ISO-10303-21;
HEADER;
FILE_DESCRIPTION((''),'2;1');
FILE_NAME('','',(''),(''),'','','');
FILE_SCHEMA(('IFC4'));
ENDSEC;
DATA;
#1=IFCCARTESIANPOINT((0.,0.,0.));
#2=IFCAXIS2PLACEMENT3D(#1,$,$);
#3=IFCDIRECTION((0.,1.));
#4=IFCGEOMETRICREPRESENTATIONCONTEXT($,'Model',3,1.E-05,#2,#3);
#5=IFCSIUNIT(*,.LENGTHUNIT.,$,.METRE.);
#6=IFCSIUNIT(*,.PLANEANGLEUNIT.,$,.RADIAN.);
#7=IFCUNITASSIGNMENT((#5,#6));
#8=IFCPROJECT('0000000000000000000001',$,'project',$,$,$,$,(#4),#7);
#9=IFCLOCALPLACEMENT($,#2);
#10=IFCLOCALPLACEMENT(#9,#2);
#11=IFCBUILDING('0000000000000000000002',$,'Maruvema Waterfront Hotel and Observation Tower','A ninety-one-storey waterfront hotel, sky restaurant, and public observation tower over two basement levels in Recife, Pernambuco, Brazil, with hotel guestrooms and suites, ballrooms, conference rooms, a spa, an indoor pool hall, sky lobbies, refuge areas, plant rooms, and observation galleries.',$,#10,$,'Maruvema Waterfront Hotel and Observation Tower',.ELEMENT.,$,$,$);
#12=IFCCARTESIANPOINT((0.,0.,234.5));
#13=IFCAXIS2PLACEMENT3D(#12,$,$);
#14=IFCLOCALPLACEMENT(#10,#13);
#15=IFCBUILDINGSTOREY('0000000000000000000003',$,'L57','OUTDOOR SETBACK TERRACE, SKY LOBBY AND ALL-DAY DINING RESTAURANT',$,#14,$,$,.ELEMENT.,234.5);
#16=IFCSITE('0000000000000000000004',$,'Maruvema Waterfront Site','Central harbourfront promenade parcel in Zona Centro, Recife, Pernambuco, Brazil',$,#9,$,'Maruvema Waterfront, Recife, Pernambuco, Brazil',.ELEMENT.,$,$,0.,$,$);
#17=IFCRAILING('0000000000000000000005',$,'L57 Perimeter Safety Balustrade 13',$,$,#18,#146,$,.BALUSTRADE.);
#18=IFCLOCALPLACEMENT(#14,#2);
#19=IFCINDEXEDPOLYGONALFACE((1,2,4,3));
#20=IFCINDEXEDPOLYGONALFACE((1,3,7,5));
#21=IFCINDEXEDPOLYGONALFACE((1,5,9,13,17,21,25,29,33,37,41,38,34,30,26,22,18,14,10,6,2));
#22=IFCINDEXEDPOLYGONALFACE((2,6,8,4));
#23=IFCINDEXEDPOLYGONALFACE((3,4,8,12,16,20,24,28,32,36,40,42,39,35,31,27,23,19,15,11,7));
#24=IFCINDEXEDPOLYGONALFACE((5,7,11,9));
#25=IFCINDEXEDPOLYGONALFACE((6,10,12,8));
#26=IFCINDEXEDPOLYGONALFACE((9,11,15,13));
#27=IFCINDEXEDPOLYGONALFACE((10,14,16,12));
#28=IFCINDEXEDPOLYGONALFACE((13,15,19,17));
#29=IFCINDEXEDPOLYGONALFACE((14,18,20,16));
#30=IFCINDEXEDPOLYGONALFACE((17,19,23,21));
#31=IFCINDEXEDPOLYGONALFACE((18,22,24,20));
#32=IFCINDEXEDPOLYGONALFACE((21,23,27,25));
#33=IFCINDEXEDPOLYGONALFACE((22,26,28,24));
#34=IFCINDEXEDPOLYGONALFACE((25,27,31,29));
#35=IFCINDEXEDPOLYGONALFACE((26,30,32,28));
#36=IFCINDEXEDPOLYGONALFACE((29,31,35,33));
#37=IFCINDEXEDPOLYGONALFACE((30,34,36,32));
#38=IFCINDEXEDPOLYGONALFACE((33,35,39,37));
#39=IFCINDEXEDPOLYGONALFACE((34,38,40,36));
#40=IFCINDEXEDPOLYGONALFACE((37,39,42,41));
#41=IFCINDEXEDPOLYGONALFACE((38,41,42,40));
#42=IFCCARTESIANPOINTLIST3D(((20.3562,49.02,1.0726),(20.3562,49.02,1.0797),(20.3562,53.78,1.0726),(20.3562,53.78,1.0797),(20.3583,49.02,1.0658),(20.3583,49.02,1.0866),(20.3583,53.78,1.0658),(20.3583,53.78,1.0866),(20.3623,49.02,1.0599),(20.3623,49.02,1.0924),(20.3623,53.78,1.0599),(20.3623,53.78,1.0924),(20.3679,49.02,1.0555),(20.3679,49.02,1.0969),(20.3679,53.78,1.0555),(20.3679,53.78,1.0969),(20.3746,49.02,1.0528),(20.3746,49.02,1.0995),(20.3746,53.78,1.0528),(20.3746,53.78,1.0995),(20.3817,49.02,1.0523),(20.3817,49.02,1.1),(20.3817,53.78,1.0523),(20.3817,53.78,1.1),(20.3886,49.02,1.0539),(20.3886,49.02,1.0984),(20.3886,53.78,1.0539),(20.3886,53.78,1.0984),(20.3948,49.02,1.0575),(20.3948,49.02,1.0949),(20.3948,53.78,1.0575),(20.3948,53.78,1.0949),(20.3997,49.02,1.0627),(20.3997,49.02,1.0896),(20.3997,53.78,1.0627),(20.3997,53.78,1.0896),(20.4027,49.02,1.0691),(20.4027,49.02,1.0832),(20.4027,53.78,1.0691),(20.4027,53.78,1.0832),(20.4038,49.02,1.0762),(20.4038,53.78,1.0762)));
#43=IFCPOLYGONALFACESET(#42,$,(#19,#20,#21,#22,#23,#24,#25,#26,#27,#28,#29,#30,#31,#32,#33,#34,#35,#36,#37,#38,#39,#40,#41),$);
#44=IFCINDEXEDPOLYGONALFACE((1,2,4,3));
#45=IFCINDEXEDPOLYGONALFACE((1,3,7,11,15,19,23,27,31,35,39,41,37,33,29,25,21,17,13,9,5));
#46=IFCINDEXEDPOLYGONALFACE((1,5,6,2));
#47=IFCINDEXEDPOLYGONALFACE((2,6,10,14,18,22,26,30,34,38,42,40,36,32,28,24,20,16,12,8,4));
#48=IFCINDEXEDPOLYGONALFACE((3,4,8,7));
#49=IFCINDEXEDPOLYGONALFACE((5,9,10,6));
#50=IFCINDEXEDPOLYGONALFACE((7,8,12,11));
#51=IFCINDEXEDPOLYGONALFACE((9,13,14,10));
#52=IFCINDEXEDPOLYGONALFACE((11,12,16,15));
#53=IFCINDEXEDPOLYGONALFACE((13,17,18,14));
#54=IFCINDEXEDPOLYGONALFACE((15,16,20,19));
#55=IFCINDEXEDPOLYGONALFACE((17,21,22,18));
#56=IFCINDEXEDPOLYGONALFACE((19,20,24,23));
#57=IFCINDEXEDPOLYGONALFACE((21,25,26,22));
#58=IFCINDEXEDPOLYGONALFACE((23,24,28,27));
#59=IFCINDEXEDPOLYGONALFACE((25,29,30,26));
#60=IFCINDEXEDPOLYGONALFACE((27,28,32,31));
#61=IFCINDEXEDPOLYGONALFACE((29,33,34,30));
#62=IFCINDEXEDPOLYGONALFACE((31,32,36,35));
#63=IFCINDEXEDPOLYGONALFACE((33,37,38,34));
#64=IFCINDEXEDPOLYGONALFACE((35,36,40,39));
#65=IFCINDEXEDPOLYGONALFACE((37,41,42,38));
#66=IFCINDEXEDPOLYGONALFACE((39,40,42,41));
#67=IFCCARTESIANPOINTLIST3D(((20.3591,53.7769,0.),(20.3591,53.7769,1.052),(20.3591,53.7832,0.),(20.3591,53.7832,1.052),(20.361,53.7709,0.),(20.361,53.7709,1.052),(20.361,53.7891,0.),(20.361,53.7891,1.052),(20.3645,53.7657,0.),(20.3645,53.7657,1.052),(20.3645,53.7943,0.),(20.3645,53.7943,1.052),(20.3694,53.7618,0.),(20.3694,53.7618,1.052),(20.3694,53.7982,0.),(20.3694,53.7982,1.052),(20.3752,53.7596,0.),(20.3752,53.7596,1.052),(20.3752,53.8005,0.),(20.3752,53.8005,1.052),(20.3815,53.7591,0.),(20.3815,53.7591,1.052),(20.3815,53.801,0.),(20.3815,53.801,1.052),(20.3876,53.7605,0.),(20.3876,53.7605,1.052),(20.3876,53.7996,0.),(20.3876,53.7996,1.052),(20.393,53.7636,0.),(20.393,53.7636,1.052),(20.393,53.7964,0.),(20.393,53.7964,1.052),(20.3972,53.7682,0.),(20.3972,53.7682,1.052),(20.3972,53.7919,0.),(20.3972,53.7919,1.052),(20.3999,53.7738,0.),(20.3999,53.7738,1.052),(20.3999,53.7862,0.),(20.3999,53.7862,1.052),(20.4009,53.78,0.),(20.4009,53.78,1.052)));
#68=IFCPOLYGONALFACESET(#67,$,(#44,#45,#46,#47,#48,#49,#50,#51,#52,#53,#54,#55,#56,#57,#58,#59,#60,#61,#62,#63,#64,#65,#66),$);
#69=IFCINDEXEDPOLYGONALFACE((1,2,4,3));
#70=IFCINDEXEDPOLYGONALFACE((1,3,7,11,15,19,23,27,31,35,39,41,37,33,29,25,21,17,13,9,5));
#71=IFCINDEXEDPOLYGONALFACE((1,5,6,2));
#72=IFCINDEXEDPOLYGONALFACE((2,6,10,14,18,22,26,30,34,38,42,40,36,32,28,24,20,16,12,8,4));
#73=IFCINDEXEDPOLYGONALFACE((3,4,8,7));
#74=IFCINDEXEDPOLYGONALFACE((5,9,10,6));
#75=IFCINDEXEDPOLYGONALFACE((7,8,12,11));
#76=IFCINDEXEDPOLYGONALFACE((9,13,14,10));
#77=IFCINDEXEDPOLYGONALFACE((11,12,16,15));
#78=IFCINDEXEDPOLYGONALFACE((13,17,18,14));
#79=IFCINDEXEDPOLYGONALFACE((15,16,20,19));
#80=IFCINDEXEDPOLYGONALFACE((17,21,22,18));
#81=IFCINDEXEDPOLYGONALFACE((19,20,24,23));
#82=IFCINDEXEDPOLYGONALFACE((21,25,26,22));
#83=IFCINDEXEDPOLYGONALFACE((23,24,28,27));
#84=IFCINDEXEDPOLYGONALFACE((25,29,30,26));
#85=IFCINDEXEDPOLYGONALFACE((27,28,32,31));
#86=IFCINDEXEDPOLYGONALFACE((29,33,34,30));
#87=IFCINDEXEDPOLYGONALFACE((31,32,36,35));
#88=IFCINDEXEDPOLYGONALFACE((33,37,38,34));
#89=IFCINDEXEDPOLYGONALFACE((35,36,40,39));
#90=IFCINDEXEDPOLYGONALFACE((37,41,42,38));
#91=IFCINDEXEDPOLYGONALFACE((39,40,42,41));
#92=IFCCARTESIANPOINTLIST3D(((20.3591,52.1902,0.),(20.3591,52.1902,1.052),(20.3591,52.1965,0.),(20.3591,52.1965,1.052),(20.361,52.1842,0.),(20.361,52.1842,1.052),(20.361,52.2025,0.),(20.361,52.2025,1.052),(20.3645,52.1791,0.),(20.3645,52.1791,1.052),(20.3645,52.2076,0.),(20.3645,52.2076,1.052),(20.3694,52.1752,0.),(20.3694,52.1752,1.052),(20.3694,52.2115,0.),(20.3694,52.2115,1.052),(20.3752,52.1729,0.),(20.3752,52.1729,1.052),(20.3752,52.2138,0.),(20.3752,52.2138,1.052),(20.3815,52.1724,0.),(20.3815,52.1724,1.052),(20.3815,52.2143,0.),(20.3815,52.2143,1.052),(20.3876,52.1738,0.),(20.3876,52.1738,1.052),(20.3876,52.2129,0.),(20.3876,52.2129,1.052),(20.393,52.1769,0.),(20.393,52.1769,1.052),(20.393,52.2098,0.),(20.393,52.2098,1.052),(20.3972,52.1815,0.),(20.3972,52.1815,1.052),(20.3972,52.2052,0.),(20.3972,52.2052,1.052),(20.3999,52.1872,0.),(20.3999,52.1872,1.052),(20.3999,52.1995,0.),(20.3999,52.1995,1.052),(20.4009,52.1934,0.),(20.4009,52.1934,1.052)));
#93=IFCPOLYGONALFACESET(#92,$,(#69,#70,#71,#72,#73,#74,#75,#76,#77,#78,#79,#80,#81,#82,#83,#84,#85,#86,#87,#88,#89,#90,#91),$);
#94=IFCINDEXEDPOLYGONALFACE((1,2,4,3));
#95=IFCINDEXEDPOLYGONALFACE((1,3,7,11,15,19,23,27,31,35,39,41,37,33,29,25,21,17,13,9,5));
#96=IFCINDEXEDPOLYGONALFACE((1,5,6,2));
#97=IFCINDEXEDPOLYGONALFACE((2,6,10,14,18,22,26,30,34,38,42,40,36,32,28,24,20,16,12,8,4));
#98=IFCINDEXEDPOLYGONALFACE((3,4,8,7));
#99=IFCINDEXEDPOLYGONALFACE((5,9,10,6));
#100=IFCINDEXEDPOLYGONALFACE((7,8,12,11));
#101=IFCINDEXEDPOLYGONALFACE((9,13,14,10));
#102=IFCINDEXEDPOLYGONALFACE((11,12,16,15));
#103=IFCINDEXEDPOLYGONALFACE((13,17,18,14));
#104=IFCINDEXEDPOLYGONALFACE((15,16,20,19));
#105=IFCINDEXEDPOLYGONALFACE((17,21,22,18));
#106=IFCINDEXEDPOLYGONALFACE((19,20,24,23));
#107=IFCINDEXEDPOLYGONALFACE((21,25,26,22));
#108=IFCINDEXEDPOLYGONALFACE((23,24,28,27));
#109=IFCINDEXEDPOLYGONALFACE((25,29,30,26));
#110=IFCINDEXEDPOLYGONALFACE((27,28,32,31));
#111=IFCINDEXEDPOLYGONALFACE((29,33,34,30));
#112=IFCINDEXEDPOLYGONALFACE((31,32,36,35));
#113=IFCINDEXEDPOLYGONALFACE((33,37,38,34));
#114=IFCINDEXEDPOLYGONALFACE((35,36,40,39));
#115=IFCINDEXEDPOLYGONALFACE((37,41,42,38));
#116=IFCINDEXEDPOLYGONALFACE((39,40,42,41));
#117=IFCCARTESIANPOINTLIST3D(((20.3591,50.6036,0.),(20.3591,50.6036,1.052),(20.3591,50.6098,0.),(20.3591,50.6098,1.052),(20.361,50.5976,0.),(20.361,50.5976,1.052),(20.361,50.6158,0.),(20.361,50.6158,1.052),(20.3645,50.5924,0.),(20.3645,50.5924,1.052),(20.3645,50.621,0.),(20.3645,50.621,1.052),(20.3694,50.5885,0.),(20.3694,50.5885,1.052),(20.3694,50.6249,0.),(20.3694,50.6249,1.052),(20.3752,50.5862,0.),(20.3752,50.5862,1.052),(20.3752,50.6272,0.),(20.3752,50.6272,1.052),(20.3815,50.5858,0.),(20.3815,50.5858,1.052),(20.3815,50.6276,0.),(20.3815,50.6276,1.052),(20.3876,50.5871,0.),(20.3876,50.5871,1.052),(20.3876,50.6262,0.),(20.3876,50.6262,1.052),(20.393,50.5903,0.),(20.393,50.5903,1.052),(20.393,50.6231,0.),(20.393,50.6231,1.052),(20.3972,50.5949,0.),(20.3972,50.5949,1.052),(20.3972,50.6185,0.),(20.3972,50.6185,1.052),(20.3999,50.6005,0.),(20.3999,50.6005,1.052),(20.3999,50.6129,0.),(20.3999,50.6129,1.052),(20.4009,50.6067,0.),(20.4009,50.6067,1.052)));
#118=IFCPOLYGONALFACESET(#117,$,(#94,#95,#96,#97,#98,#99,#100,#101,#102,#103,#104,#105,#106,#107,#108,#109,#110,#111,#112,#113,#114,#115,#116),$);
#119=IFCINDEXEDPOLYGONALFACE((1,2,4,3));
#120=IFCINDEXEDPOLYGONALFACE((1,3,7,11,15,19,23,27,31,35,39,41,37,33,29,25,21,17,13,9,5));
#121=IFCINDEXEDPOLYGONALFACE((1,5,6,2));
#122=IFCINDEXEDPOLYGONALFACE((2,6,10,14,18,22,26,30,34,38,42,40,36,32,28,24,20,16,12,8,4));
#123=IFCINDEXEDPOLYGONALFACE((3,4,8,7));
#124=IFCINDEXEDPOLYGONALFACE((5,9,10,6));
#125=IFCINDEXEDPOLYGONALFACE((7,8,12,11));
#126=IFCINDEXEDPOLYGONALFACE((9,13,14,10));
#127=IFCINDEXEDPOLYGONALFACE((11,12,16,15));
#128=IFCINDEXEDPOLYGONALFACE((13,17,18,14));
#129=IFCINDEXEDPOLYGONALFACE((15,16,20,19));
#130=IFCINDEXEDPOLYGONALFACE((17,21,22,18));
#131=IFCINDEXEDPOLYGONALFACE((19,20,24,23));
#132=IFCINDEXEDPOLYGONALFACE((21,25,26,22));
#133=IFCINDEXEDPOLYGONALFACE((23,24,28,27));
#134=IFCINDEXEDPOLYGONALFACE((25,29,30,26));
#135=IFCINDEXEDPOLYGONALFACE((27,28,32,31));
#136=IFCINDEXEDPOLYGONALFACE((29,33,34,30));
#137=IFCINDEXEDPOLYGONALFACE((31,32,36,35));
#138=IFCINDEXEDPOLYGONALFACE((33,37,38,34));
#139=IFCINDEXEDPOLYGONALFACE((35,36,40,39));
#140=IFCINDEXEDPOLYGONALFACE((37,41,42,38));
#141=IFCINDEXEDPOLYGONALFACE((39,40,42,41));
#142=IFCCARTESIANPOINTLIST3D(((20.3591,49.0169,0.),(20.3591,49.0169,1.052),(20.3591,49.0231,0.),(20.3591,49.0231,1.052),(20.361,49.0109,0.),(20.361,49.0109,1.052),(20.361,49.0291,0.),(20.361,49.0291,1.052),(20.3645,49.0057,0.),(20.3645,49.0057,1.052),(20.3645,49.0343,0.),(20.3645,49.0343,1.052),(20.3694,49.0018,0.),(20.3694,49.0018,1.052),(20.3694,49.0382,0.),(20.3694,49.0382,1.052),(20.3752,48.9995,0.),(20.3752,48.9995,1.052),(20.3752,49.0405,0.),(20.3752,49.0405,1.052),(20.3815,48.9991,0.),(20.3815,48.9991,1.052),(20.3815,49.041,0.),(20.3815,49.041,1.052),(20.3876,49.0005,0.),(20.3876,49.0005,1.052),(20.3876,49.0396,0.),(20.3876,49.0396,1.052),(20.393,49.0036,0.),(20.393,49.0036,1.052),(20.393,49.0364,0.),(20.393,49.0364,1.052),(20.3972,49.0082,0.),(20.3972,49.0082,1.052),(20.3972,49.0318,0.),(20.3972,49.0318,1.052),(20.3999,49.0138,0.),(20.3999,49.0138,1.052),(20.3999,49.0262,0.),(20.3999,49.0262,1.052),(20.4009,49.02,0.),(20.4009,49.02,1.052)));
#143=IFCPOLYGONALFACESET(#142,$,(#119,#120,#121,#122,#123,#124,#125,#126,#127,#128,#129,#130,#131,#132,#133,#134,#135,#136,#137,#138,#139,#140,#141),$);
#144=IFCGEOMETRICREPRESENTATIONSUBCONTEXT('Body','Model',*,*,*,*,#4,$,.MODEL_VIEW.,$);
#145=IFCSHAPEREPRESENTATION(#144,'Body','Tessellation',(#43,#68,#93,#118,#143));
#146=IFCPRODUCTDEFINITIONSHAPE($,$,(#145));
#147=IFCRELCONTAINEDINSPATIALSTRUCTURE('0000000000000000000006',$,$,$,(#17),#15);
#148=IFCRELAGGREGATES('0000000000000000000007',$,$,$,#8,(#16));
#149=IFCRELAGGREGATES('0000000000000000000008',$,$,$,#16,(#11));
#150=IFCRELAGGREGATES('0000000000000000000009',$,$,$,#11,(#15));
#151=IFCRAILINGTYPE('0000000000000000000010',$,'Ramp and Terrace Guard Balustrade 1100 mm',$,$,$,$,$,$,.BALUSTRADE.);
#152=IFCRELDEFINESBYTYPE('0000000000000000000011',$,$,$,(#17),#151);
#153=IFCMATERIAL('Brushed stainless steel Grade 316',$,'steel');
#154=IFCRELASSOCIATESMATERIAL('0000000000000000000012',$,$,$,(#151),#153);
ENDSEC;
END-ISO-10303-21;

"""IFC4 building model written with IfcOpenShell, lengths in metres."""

from ifc_helpers import new_model, si_unit, direction, frame, origin, origin_2d, place, context, subcontext, project, spatial, circle, extrude, material, type_object, element, save


model = new_model("IFC4")

# Units and contexts
model_context = context("Model", 3, precision=1e-05, world=origin(), true_north=direction((0.0, 1.0)))
body_context = subcontext(model_context, "Body", "Model", "MODEL_VIEW")
ifc_project = project(units=[si_unit("LENGTHUNIT", "METRE"), si_unit("PLANEANGLEUNIT", "RADIAN")], contexts=[model_context])

# Site, building, storey
site_placement = place(None, origin())
site = spatial("IfcSite", under=ifc_project, at=site_placement, Name="Maruvema Waterfront Site", Description="Central harbourfront promenade parcel in Zona Centro, Recife, Pernambuco, Brazil", LongName="Maruvema Waterfront, Recife, Pernambuco, Brazil", CompositionType="ELEMENT", RefElevation=0.0)
building_placement = place(site_placement, origin())
building = spatial("IfcBuilding", under=site, at=building_placement, Name="Maruvema Waterfront Hotel and Observation Tower", Description="A ninety-one-storey waterfront hotel, sky restaurant, and public observation tower over two basement levels in Recife, Pernambuco, Brazil, with hotel guestrooms and suites, ballrooms, conference rooms, a spa, an indoor pool hall, sky lobbies, refuge areas, plant rooms, and observation galleries.", LongName="Maruvema Waterfront Hotel and Observation Tower", CompositionType="ELEMENT")
storey_placement = place(building_placement, frame((0.0, 0.0, 234.5)))
storey = spatial("IfcBuildingStorey", under=building, at=storey_placement, Name="L57", Description="OUTDOOR SETBACK TERRACE, SKY LOBBY AND ALL-DAY DINING RESTAURANT", CompositionType="ELEMENT", Elevation=234.5)

# Railing
ifc_material_1 = material(Name="Brushed stainless steel Grade 316", Category="steel")
railing_type = type_object("IfcRailingType", Name="Ramp and Terrace Guard Balustrade 1100 mm", PredefinedType="BALUSTRADE", material=ifc_material_1)
railing_1_placement = place(storey_placement, frame((20.3799, 53.78, 0.0)))
element("IfcRailing", 1, at=railing_1_placement, inside=storey, type_object=railing_type, Name="L57 Perimeter Safety Balustrade 13", PredefinedType="BALUSTRADE", context=body_context, shape_type="SweptSolid", body=[
    extrude(circle(Radius=0.0239, at=origin_2d()), frame((0.0, 0.0, 1.0762), z_axis=(0.0, -1.0, 0.0), x_axis=(1.0, 0.0, 0.0)), (0.0, 0.0, 1.0), 4.76),
    extrude(circle(Radius=0.021, at=origin_2d()), origin(), (0.0, 0.0, 1.0), 1.052),
    extrude(circle(Radius=0.021, at=origin_2d()), frame((0.0, -1.5867, 0.0)), (0.0, 0.0, 1.0), 1.052),
    extrude(circle(Radius=0.021, at=origin_2d()), frame((0.0, -3.1733, 0.0)), (0.0, 0.0, 1.0), 1.052),
    extrude(circle(Radius=0.021, at=origin_2d()), frame((0.0, -4.76, 0.0)), (0.0, 0.0, 1.0), 1.052),
])

save(model, "model.ifc")
